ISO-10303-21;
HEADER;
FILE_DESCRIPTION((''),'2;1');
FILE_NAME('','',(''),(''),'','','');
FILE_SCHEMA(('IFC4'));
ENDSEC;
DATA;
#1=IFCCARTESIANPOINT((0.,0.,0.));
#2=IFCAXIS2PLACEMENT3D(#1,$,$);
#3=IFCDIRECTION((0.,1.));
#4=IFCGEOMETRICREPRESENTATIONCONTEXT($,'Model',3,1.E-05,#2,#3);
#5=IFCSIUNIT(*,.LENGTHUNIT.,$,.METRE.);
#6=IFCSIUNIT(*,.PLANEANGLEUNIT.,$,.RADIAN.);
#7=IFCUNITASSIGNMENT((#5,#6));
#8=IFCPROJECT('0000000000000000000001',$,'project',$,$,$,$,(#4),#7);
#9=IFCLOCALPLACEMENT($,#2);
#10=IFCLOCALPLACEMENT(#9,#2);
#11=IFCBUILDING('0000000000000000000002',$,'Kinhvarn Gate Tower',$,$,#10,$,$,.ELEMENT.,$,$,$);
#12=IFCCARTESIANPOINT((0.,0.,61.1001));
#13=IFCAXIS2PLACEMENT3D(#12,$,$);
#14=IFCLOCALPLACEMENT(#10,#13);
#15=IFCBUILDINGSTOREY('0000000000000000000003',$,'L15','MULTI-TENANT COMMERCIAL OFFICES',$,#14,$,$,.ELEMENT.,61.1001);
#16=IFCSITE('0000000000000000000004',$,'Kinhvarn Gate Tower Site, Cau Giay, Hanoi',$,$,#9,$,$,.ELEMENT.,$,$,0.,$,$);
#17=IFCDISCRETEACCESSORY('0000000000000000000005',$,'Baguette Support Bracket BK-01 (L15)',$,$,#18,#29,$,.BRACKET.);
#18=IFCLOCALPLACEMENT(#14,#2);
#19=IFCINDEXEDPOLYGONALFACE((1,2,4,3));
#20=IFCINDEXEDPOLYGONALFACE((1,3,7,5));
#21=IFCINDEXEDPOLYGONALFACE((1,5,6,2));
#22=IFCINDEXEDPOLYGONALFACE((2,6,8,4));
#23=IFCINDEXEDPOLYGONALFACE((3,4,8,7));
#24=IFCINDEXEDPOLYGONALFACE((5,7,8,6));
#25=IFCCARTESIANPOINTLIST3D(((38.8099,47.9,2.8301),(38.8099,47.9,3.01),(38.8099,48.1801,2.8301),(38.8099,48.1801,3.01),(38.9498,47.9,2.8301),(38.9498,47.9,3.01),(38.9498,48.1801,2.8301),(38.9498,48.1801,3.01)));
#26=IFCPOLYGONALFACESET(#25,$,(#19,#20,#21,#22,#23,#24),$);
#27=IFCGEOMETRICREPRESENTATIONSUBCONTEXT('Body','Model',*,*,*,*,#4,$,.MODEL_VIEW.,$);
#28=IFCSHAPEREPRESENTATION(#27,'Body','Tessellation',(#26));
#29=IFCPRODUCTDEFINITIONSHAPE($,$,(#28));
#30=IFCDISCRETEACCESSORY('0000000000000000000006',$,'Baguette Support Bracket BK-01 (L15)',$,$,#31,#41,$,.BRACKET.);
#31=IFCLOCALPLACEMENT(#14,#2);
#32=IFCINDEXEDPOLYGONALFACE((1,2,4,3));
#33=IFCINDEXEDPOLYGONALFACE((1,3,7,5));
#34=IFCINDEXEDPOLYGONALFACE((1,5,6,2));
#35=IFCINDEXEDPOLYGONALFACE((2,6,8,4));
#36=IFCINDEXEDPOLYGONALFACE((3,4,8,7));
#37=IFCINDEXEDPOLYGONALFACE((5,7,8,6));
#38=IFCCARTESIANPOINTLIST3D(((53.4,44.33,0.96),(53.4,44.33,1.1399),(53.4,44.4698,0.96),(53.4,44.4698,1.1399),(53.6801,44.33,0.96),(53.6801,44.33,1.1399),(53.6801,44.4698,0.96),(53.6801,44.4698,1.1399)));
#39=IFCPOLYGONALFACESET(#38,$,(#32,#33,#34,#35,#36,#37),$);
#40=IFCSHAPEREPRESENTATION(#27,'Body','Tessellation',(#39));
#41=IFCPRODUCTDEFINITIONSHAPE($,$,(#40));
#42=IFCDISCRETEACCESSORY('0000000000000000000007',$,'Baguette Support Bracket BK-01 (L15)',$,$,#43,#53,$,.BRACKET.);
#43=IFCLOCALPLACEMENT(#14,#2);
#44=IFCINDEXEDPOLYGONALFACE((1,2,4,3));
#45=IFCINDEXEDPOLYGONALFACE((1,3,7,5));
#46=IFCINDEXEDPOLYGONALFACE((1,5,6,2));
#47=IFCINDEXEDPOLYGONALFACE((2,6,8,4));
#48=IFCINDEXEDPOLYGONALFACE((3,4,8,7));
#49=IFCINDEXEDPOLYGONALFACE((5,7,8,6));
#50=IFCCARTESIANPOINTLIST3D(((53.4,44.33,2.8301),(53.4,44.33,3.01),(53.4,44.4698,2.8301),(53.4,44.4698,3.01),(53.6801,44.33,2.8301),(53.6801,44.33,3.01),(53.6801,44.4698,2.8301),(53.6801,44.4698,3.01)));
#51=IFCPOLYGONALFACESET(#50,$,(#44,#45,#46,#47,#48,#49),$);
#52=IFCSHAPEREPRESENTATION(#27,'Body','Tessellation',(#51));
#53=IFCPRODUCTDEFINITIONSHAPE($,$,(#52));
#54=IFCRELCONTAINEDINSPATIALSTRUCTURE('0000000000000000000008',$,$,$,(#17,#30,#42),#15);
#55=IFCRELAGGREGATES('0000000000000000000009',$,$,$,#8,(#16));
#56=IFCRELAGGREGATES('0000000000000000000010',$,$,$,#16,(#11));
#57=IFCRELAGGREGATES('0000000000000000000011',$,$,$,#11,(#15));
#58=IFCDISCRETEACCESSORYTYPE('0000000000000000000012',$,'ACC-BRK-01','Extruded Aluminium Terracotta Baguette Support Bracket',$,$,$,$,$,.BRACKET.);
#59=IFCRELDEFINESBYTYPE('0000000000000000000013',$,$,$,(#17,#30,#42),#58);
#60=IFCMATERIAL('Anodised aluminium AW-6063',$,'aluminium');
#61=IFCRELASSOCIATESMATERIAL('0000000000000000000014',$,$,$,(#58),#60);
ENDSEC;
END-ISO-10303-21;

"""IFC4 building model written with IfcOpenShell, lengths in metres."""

from ifc_helpers import new_model, si_unit, direction, frame, origin, origin_2d, place, context, subcontext, project, spatial, rectangle, extrude, material, type_object, element, save


model = new_model("IFC4")

# Units and contexts
model_context = context("Model", 3, precision=1e-05, world=origin(), true_north=direction((0.0, 1.0)))
body_context = subcontext(model_context, "Body", "Model", "MODEL_VIEW")
ifc_project = project(units=[si_unit("LENGTHUNIT", "METRE"), si_unit("PLANEANGLEUNIT", "RADIAN")], contexts=[model_context])

# Site, building, storey
site_placement = place(None, origin())
site = spatial("IfcSite", under=ifc_project, at=site_placement, Name="Kinhvarn Gate Tower Site, Cau Giay, Hanoi", CompositionType="ELEMENT", RefElevation=0.0)
building_placement = place(site_placement, origin())
building = spatial("IfcBuilding", under=site, at=building_placement, Name="Kinhvarn Gate Tower", CompositionType="ELEMENT")
storey_placement = place(building_placement, frame((0.0, 0.0, 61.1001)))
storey = spatial("IfcBuildingStorey", under=building, at=storey_placement, Name="L15", Description="MULTI-TENANT COMMERCIAL OFFICES", CompositionType="ELEMENT", Elevation=61.1001)

# Shared definitions
ifc_material_1 = material(Name="Anodised aluminium AW-6063", Category="aluminium")

# Discrete accessories
discrete_accessory_type = type_object("IfcDiscreteAccessoryType", Name="ACC-BRK-01", Description="Extruded Aluminium Terracotta Baguette Support Bracket", PredefinedType="BRACKET", material=ifc_material_1)
for number, where, z_axis, x_axis, name in (
    (1, (38.8799, 48.04, 2.8301), (0.0, 0.0, 1.0), (-1.0, 0.0, 0.0), "Baguette Support Bracket BK-01 (L15)"),
    (2, (53.54, 44.3999, 0.96), (0.0, 0.0, 1.0), (0.0, 1.0, 0.0), "Baguette Support Bracket BK-01 (L15)"),
    (3, (53.54, 44.3999, 2.8301), (0.0, 0.0, 1.0), (0.0, 1.0, 0.0), "Baguette Support Bracket BK-01 (L15)"),
):
    element("IfcDiscreteAccessory", number, at=place(storey_placement, frame(where, z_axis=z_axis, x_axis=x_axis)), inside=storey, type_object=discrete_accessory_type, Name=name, PredefinedType="BRACKET", context=body_context, shape_type="SweptSolid", body=[
        extrude(rectangle(XDim=0.1399, YDim=0.28, at=origin_2d()), origin(), (0.0, 0.0, 1.0), 0.1799),
    ])

save(model, "model.ifc")
